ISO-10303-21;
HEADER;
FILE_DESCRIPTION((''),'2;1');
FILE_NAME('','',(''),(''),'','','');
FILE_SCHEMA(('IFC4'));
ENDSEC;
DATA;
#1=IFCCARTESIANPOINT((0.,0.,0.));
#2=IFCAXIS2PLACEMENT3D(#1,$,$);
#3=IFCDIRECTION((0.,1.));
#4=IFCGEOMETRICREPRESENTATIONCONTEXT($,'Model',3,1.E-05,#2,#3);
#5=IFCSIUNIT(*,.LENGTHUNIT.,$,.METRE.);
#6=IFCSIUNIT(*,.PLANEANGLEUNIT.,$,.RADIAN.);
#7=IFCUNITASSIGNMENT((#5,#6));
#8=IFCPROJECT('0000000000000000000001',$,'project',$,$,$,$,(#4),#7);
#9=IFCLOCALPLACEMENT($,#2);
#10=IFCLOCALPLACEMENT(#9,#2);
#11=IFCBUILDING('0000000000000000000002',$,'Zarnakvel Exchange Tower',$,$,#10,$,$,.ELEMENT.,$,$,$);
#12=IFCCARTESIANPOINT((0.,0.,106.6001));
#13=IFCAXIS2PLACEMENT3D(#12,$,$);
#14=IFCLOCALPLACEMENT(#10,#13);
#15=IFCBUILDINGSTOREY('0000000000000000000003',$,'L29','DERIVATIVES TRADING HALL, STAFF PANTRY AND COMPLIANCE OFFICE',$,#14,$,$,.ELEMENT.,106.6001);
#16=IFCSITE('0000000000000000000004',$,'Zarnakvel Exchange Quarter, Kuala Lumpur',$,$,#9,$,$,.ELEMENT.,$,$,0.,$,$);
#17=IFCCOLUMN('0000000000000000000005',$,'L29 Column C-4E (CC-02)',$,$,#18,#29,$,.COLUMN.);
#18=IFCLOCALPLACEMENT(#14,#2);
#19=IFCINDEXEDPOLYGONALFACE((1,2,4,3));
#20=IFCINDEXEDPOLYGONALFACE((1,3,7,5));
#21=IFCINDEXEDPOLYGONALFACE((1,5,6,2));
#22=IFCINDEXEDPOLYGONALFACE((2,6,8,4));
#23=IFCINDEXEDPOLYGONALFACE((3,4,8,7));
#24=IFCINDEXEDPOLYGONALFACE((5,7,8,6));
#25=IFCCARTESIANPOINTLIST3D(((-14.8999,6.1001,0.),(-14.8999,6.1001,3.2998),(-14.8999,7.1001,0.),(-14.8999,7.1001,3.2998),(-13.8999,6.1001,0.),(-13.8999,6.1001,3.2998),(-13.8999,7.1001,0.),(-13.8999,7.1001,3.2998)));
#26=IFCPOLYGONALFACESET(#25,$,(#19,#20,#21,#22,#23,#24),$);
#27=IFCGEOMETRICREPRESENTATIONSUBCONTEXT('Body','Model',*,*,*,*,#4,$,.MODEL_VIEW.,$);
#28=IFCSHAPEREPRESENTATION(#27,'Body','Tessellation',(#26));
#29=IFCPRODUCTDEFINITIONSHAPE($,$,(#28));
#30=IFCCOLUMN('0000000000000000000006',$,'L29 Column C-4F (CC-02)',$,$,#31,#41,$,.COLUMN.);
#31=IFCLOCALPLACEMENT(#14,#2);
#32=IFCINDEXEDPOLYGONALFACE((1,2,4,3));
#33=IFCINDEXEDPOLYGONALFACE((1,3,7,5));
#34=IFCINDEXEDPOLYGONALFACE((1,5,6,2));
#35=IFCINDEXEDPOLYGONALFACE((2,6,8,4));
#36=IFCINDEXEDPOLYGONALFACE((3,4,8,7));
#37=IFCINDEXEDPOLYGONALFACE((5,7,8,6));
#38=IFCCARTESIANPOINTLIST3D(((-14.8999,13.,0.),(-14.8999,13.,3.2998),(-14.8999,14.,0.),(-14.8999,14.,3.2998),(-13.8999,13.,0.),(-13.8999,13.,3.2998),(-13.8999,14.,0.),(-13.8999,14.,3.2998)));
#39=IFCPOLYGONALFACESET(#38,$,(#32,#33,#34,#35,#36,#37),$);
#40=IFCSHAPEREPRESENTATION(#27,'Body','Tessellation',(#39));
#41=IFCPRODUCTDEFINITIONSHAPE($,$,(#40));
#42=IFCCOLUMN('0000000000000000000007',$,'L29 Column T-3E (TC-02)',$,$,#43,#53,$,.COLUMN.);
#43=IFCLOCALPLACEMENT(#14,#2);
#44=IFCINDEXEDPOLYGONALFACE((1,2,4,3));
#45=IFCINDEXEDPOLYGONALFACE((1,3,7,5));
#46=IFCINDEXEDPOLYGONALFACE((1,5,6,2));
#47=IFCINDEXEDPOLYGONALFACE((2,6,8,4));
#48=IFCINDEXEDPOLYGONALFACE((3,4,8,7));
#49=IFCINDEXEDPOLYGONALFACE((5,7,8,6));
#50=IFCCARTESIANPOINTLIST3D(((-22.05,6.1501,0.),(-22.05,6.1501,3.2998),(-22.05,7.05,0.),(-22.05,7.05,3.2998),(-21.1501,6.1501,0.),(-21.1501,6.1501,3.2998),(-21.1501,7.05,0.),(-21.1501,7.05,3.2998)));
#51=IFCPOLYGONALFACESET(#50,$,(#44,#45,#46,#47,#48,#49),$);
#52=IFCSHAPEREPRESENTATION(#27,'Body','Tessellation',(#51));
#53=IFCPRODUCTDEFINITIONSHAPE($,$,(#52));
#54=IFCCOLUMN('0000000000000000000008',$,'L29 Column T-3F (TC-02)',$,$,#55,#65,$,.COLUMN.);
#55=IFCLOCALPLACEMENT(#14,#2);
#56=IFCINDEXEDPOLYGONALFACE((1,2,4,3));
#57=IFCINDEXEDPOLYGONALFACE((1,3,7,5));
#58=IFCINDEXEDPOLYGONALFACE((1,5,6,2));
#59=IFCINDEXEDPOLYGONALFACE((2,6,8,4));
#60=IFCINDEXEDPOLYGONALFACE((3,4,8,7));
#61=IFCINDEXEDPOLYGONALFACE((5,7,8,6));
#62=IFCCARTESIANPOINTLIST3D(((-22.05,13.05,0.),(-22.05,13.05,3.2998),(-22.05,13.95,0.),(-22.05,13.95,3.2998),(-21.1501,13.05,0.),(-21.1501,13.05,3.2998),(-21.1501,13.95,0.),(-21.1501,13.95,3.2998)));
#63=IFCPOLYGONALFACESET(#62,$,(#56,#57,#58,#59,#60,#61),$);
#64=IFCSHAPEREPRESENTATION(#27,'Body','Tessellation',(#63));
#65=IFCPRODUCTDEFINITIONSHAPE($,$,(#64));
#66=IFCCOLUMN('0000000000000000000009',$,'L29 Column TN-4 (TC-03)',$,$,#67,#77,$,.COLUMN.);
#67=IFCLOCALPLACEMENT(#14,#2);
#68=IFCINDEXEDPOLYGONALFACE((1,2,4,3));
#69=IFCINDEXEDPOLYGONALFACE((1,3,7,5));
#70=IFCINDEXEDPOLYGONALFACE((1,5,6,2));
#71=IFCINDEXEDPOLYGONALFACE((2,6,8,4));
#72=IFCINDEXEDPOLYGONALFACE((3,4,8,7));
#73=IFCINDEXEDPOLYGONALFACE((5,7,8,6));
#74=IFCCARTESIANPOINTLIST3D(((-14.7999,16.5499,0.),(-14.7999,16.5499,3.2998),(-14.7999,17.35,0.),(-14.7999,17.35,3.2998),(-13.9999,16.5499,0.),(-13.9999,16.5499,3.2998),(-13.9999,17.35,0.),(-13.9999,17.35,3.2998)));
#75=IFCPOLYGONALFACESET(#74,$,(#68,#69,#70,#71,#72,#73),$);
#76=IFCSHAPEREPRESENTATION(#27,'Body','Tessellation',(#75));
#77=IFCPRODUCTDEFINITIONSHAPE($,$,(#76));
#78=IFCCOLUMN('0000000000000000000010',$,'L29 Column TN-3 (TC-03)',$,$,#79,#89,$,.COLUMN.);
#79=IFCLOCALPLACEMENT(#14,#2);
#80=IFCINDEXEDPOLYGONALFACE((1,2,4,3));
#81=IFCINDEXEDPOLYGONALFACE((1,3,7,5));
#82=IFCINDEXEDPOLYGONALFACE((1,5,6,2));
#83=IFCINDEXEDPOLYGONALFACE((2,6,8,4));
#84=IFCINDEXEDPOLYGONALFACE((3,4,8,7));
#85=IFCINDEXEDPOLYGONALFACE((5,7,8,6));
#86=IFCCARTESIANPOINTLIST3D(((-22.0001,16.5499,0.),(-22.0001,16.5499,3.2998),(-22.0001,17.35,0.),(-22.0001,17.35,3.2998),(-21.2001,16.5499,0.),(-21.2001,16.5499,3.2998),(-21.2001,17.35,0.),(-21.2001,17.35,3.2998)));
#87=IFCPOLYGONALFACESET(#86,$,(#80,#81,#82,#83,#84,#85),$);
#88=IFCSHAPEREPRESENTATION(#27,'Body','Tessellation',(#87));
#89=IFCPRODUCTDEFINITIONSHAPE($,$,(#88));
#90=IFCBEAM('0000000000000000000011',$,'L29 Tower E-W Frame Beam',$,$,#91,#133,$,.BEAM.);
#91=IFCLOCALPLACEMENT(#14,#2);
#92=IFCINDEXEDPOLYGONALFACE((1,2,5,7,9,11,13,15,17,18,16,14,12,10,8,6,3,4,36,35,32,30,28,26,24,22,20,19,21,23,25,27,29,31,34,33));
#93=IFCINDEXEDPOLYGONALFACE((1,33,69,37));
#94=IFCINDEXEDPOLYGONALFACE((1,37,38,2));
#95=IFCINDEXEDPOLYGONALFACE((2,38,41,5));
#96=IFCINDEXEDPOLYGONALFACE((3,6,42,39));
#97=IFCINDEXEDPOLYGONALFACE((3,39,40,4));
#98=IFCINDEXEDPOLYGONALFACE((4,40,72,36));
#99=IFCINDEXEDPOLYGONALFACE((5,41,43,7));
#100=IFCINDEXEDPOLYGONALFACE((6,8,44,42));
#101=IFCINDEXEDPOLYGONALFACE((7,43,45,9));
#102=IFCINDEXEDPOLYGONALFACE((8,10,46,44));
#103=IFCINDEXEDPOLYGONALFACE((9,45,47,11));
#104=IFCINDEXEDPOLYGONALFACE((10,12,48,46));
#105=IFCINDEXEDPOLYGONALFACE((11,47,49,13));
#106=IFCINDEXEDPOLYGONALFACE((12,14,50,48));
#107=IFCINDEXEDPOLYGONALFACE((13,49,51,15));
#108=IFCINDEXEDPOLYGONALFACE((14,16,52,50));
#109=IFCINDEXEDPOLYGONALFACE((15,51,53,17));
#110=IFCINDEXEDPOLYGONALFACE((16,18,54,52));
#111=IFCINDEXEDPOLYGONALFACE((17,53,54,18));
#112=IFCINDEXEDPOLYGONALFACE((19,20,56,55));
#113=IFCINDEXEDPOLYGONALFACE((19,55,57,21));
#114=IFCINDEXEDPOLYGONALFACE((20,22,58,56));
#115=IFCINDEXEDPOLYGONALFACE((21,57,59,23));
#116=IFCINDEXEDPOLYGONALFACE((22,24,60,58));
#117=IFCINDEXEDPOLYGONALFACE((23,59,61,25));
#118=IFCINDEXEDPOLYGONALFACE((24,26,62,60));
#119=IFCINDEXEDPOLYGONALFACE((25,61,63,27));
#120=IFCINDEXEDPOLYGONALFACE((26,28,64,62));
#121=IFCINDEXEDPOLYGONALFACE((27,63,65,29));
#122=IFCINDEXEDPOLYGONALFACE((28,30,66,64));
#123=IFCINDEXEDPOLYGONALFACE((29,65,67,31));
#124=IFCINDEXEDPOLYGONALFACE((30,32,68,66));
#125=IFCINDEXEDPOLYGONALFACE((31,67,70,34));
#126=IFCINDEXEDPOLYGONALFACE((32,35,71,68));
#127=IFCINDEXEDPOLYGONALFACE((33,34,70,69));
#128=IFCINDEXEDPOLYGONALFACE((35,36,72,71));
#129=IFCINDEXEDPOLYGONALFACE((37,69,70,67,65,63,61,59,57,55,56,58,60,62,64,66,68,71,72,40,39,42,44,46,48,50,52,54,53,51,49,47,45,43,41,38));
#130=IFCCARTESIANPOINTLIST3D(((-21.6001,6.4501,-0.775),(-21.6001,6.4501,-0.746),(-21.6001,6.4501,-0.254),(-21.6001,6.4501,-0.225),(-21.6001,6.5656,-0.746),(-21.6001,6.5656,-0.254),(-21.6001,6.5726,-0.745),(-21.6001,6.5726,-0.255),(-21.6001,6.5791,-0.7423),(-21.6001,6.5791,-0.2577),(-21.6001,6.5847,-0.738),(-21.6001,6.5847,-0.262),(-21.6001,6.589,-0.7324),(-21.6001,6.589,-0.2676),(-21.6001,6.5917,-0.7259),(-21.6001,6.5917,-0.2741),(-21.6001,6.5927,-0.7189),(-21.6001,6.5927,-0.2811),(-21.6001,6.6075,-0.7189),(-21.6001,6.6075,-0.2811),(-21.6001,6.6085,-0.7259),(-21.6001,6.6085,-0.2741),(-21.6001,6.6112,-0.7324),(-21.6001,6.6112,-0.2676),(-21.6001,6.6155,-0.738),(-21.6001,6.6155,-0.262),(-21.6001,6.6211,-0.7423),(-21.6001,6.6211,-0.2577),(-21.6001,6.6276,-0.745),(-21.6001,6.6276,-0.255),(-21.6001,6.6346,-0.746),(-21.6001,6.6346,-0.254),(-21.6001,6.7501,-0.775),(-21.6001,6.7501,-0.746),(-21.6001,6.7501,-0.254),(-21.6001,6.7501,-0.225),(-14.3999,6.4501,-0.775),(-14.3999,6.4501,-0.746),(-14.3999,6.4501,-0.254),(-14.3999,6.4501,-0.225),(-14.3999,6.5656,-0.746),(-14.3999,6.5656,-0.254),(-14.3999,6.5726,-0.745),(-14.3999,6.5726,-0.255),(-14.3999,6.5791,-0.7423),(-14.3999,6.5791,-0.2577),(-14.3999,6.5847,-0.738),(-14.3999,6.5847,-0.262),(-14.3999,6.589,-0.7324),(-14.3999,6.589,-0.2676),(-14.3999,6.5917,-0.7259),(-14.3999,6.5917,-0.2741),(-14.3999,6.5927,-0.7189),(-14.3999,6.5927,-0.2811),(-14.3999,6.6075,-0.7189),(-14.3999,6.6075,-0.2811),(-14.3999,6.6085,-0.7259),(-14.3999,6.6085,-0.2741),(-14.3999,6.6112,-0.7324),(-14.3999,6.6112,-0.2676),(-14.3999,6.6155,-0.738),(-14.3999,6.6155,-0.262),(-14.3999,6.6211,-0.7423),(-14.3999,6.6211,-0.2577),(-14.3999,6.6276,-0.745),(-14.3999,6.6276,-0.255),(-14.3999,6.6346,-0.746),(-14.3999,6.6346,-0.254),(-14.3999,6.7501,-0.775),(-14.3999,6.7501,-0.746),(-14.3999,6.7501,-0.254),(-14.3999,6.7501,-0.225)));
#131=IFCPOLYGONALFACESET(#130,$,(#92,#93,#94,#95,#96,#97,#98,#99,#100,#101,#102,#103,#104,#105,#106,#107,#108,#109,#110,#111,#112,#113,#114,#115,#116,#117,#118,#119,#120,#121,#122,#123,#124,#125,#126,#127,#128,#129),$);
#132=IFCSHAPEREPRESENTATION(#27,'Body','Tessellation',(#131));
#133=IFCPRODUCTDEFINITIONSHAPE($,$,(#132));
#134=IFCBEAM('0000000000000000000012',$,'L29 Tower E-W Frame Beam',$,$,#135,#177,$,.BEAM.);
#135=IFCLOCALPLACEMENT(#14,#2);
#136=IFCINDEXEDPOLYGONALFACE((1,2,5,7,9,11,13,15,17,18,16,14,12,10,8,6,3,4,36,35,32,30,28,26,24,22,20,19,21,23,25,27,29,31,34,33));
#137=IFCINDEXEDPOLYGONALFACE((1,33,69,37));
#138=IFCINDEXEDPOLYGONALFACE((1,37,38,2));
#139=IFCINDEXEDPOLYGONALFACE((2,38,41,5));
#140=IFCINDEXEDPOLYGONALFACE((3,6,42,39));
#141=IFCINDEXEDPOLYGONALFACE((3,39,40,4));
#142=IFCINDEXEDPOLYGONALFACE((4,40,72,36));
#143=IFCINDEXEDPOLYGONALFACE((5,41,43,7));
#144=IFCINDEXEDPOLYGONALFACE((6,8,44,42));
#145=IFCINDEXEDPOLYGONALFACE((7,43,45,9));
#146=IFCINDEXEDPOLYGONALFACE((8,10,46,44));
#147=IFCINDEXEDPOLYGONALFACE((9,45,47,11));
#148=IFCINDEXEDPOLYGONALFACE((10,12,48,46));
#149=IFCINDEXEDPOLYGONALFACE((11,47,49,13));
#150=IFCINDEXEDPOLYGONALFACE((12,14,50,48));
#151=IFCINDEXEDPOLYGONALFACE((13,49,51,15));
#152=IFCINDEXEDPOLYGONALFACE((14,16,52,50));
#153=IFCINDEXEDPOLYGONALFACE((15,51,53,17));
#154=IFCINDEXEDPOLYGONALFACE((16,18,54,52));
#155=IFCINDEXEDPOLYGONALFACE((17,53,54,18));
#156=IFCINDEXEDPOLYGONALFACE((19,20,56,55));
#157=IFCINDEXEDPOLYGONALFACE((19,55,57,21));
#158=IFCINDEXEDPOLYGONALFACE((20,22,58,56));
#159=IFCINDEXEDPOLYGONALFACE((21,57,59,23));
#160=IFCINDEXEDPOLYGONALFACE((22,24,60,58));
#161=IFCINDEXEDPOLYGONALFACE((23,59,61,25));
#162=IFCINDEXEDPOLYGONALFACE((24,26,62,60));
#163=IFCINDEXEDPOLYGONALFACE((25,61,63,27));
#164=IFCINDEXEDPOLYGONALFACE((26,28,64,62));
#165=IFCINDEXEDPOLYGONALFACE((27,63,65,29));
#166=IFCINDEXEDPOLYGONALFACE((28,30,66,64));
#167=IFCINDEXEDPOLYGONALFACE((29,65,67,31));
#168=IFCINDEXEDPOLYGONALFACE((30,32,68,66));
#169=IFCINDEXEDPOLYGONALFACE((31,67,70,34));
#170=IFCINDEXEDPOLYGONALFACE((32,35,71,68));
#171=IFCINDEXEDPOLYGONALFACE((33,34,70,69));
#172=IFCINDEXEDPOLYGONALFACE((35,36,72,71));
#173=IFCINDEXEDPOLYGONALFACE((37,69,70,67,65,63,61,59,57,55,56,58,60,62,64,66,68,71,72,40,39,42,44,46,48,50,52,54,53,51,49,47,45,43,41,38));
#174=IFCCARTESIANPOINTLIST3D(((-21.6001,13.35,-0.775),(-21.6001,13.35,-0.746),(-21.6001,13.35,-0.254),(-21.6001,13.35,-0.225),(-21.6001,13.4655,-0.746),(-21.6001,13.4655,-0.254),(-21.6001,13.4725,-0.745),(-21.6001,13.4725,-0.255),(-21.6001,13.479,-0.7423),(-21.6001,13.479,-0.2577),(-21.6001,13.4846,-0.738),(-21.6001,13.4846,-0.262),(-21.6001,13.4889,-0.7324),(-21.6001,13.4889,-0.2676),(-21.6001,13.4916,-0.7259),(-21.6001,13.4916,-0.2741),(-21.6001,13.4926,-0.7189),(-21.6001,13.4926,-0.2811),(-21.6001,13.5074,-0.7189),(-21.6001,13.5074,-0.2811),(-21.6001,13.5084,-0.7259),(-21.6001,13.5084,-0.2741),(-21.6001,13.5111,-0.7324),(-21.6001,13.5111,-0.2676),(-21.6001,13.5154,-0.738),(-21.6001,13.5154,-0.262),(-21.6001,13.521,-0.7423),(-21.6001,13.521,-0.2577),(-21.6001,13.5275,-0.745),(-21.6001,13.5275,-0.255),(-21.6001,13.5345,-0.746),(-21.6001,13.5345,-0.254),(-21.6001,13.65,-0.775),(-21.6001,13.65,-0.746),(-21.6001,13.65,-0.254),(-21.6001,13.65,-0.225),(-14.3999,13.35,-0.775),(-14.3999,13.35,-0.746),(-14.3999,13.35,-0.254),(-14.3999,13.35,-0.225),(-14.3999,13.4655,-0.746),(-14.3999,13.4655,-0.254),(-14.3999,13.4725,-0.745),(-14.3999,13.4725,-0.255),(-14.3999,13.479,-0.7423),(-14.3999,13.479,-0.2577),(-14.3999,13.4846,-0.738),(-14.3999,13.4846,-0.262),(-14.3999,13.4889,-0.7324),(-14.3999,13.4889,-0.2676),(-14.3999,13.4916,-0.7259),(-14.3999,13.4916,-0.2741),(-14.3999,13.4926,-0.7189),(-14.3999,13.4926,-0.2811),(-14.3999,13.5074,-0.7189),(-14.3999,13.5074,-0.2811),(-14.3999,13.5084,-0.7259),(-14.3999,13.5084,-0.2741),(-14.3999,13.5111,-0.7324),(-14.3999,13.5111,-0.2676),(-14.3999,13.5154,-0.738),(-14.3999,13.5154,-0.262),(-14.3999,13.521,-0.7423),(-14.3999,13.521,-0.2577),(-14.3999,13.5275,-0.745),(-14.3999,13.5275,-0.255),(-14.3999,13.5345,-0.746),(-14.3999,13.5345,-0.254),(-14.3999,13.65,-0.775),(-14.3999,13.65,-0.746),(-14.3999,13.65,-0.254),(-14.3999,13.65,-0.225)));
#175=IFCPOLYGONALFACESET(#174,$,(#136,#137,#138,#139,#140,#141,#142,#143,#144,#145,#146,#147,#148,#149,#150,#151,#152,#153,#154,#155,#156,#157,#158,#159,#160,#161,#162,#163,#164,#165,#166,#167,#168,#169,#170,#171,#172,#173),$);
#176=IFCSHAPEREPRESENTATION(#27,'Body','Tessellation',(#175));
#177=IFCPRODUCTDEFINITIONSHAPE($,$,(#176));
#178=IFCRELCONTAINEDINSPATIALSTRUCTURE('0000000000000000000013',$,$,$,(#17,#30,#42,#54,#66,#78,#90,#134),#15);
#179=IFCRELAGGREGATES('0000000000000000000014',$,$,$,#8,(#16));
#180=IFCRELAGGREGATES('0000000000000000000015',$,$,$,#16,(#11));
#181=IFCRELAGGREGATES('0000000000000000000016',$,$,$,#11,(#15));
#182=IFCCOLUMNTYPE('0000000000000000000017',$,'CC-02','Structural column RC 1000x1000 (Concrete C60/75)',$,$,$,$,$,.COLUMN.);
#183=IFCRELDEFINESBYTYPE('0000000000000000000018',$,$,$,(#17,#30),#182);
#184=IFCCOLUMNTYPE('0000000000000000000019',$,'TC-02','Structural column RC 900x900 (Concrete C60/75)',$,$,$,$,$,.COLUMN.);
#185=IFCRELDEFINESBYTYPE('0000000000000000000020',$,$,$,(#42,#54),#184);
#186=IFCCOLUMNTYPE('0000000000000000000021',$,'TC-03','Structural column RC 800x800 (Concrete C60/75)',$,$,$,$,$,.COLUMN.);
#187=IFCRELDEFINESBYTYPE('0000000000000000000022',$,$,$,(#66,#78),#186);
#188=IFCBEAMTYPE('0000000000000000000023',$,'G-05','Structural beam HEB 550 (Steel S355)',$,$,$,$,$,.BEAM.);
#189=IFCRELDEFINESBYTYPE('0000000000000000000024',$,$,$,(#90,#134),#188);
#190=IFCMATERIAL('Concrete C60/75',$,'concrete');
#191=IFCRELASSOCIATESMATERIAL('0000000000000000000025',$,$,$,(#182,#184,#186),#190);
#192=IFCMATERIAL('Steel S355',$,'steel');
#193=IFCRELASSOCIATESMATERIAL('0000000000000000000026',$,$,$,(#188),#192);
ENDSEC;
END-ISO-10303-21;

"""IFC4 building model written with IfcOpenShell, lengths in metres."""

from ifc_helpers import new_model, si_unit, direction, frame, origin, origin_2d, place, context, subcontext, project, spatial, rectangle, i_section, extrude, material, material_profile, profile_set, type_object, element, save


model = new_model("IFC4")

# Units and contexts
model_context = context("Model", 3, precision=1e-05, world=origin(), true_north=direction((0.0, 1.0)))
body_context = subcontext(model_context, "Body", "Model", "MODEL_VIEW")
ifc_project = project(units=[si_unit("LENGTHUNIT", "METRE"), si_unit("PLANEANGLEUNIT", "RADIAN")], contexts=[model_context])

# Site, building, storey
site_placement = place(None, origin())
site = spatial("IfcSite", under=ifc_project, at=site_placement, Name="Zarnakvel Exchange Quarter, Kuala Lumpur", CompositionType="ELEMENT", RefElevation=0.0)
building_placement = place(site_placement, origin())
building = spatial("IfcBuilding", under=site, at=building_placement, Name="Zarnakvel Exchange Tower", CompositionType="ELEMENT")
storey_placement = place(building_placement, frame((0.0, 0.0, 106.6001)))
storey = spatial("IfcBuildingStorey", under=building, at=storey_placement, Name="L29", Description="DERIVATIVES TRADING HALL, STAFF PANTRY AND COMPLIANCE OFFICE", CompositionType="ELEMENT", Elevation=106.6001)

# Columns
ifc_material_1 = material(Name="Concrete C60/75", Category="concrete")
ifc_material_profile_1 = material_profile(ifc_material_1, rectangle(XDim=1.0, YDim=1.0, at=origin_2d()))
ifc_profile_set_1 = profile_set([ifc_material_profile_1], Name="Concrete C60/75")
column_type_1 = type_object("IfcColumnType", Name="CC-02", Description="Structural column RC 1000x1000 (Concrete C60/75)", PredefinedType="COLUMN", material=ifc_profile_set_1)
for number, where, z_axis, x_axis, name in (
    (1, (-14.3999, 6.6001, 0.0), (0.0, 0.0, 1.0), (1.0, 0.0, 0.0), "L29 Column C-4E (CC-02)"),
    (2, (-14.3999, 13.5, 0.0), (0.0, 0.0, 1.0), (1.0, 0.0, 0.0), "L29 Column C-4F (CC-02)"),
):
    element("IfcColumn", number, at=place(storey_placement, frame(where, z_axis=z_axis, x_axis=x_axis)), inside=storey, type_object=column_type_1, Name=name, PredefinedType="COLUMN", context=body_context, shape_type="SweptSolid", body=[
        extrude(rectangle(XDim=1.0, YDim=1.0, at=origin_2d()), origin(), (0.0, 0.0, 1.0), 3.2998),
    ])
ifc_material_profile_2 = material_profile(ifc_material_1, rectangle(XDim=0.8999, YDim=0.8999, at=origin_2d()))
ifc_profile_set_2 = profile_set([ifc_material_profile_2], Name="Concrete C60/75")
column_type_2 = type_object("IfcColumnType", Name="TC-02", Description="Structural column RC 900x900 (Concrete C60/75)", PredefinedType="COLUMN", material=ifc_profile_set_2)
for number, where, z_axis, x_axis, name in (
    (3, (-21.6001, 6.6001, 0.0), (0.0, 0.0, 1.0), (1.0, 0.0, 0.0), "L29 Column T-3E (TC-02)"),
    (4, (-21.6001, 13.5, 0.0), (0.0, 0.0, 1.0), (1.0, 0.0, 0.0), "L29 Column T-3F (TC-02)"),
):
    element("IfcColumn", number, at=place(storey_placement, frame(where, z_axis=z_axis, x_axis=x_axis)), inside=storey, type_object=column_type_2, Name=name, PredefinedType="COLUMN", context=body_context, shape_type="SweptSolid", body=[
        extrude(rectangle(XDim=0.8999, YDim=0.8999, at=origin_2d()), origin(), (0.0, 0.0, 1.0), 3.2998),
    ])
ifc_material_profile_3 = material_profile(ifc_material_1, rectangle(XDim=0.8, YDim=0.8, at=origin_2d()))
ifc_profile_set_3 = profile_set([ifc_material_profile_3], Name="Concrete C60/75")
column_type_3 = type_object("IfcColumnType", Name="TC-03", Description="Structural column RC 800x800 (Concrete C60/75)", PredefinedType="COLUMN", material=ifc_profile_set_3)
for number, where, z_axis, x_axis, name in (
    (5, (-14.3999, 16.95, 0.0), (0.0, 0.0, 1.0), (1.0, 0.0, 0.0), "L29 Column TN-4 (TC-03)"),
    (6, (-21.6001, 16.95, 0.0), (0.0, 0.0, 1.0), (1.0, 0.0, 0.0), "L29 Column TN-3 (TC-03)"),
):
    element("IfcColumn", number, at=place(storey_placement, frame(where, z_axis=z_axis, x_axis=x_axis)), inside=storey, type_object=column_type_3, Name=name, PredefinedType="COLUMN", context=body_context, shape_type="SweptSolid", body=[
        extrude(rectangle(XDim=0.8, YDim=0.8, at=origin_2d()), origin(), (0.0, 0.0, 1.0), 3.2998),
    ])

# Beams
ifc_material_2 = material(Name="Steel S355", Category="steel")
ifc_material_profile_4 = material_profile(ifc_material_2, i_section(OverallWidth=0.3, OverallDepth=0.55, WebThickness=0.0149, FlangeThickness=0.0291, FilletRadius=0.0271, at=origin_2d()))
ifc_profile_set_4 = profile_set([ifc_material_profile_4], Name="Steel S355")
beam_type_1 = type_object("IfcBeamType", Name="G-05", Description="Structural beam HEB 550 (Steel S355)", PredefinedType="BEAM", material=ifc_profile_set_4)
for number, where, z_axis, x_axis, name in (
    (7, (-21.6001, 6.6001, -0.5), (1.0, 0.0, 0.0), (0.0, 1.0, 0.0), "L29 Tower E-W Frame Beam"),
    (8, (-21.6001, 13.5, -0.5), (1.0, 0.0, 0.0), (0.0, 1.0, 0.0), "L29 Tower E-W Frame Beam"),
):
    element("IfcBeam", number, at=place(storey_placement, frame(where, z_axis=z_axis, x_axis=x_axis)), inside=storey, type_object=beam_type_1, Name=name, PredefinedType="BEAM", context=body_context, shape_type="SweptSolid", body=[
        extrude(i_section(OverallWidth=0.3, OverallDepth=0.55, WebThickness=0.0149, FlangeThickness=0.0291, FilletRadius=0.0271, at=origin_2d()), origin(), (0.0, 0.0, 1.0), 7.2002),
    ])

save(model, "model.ifc")
